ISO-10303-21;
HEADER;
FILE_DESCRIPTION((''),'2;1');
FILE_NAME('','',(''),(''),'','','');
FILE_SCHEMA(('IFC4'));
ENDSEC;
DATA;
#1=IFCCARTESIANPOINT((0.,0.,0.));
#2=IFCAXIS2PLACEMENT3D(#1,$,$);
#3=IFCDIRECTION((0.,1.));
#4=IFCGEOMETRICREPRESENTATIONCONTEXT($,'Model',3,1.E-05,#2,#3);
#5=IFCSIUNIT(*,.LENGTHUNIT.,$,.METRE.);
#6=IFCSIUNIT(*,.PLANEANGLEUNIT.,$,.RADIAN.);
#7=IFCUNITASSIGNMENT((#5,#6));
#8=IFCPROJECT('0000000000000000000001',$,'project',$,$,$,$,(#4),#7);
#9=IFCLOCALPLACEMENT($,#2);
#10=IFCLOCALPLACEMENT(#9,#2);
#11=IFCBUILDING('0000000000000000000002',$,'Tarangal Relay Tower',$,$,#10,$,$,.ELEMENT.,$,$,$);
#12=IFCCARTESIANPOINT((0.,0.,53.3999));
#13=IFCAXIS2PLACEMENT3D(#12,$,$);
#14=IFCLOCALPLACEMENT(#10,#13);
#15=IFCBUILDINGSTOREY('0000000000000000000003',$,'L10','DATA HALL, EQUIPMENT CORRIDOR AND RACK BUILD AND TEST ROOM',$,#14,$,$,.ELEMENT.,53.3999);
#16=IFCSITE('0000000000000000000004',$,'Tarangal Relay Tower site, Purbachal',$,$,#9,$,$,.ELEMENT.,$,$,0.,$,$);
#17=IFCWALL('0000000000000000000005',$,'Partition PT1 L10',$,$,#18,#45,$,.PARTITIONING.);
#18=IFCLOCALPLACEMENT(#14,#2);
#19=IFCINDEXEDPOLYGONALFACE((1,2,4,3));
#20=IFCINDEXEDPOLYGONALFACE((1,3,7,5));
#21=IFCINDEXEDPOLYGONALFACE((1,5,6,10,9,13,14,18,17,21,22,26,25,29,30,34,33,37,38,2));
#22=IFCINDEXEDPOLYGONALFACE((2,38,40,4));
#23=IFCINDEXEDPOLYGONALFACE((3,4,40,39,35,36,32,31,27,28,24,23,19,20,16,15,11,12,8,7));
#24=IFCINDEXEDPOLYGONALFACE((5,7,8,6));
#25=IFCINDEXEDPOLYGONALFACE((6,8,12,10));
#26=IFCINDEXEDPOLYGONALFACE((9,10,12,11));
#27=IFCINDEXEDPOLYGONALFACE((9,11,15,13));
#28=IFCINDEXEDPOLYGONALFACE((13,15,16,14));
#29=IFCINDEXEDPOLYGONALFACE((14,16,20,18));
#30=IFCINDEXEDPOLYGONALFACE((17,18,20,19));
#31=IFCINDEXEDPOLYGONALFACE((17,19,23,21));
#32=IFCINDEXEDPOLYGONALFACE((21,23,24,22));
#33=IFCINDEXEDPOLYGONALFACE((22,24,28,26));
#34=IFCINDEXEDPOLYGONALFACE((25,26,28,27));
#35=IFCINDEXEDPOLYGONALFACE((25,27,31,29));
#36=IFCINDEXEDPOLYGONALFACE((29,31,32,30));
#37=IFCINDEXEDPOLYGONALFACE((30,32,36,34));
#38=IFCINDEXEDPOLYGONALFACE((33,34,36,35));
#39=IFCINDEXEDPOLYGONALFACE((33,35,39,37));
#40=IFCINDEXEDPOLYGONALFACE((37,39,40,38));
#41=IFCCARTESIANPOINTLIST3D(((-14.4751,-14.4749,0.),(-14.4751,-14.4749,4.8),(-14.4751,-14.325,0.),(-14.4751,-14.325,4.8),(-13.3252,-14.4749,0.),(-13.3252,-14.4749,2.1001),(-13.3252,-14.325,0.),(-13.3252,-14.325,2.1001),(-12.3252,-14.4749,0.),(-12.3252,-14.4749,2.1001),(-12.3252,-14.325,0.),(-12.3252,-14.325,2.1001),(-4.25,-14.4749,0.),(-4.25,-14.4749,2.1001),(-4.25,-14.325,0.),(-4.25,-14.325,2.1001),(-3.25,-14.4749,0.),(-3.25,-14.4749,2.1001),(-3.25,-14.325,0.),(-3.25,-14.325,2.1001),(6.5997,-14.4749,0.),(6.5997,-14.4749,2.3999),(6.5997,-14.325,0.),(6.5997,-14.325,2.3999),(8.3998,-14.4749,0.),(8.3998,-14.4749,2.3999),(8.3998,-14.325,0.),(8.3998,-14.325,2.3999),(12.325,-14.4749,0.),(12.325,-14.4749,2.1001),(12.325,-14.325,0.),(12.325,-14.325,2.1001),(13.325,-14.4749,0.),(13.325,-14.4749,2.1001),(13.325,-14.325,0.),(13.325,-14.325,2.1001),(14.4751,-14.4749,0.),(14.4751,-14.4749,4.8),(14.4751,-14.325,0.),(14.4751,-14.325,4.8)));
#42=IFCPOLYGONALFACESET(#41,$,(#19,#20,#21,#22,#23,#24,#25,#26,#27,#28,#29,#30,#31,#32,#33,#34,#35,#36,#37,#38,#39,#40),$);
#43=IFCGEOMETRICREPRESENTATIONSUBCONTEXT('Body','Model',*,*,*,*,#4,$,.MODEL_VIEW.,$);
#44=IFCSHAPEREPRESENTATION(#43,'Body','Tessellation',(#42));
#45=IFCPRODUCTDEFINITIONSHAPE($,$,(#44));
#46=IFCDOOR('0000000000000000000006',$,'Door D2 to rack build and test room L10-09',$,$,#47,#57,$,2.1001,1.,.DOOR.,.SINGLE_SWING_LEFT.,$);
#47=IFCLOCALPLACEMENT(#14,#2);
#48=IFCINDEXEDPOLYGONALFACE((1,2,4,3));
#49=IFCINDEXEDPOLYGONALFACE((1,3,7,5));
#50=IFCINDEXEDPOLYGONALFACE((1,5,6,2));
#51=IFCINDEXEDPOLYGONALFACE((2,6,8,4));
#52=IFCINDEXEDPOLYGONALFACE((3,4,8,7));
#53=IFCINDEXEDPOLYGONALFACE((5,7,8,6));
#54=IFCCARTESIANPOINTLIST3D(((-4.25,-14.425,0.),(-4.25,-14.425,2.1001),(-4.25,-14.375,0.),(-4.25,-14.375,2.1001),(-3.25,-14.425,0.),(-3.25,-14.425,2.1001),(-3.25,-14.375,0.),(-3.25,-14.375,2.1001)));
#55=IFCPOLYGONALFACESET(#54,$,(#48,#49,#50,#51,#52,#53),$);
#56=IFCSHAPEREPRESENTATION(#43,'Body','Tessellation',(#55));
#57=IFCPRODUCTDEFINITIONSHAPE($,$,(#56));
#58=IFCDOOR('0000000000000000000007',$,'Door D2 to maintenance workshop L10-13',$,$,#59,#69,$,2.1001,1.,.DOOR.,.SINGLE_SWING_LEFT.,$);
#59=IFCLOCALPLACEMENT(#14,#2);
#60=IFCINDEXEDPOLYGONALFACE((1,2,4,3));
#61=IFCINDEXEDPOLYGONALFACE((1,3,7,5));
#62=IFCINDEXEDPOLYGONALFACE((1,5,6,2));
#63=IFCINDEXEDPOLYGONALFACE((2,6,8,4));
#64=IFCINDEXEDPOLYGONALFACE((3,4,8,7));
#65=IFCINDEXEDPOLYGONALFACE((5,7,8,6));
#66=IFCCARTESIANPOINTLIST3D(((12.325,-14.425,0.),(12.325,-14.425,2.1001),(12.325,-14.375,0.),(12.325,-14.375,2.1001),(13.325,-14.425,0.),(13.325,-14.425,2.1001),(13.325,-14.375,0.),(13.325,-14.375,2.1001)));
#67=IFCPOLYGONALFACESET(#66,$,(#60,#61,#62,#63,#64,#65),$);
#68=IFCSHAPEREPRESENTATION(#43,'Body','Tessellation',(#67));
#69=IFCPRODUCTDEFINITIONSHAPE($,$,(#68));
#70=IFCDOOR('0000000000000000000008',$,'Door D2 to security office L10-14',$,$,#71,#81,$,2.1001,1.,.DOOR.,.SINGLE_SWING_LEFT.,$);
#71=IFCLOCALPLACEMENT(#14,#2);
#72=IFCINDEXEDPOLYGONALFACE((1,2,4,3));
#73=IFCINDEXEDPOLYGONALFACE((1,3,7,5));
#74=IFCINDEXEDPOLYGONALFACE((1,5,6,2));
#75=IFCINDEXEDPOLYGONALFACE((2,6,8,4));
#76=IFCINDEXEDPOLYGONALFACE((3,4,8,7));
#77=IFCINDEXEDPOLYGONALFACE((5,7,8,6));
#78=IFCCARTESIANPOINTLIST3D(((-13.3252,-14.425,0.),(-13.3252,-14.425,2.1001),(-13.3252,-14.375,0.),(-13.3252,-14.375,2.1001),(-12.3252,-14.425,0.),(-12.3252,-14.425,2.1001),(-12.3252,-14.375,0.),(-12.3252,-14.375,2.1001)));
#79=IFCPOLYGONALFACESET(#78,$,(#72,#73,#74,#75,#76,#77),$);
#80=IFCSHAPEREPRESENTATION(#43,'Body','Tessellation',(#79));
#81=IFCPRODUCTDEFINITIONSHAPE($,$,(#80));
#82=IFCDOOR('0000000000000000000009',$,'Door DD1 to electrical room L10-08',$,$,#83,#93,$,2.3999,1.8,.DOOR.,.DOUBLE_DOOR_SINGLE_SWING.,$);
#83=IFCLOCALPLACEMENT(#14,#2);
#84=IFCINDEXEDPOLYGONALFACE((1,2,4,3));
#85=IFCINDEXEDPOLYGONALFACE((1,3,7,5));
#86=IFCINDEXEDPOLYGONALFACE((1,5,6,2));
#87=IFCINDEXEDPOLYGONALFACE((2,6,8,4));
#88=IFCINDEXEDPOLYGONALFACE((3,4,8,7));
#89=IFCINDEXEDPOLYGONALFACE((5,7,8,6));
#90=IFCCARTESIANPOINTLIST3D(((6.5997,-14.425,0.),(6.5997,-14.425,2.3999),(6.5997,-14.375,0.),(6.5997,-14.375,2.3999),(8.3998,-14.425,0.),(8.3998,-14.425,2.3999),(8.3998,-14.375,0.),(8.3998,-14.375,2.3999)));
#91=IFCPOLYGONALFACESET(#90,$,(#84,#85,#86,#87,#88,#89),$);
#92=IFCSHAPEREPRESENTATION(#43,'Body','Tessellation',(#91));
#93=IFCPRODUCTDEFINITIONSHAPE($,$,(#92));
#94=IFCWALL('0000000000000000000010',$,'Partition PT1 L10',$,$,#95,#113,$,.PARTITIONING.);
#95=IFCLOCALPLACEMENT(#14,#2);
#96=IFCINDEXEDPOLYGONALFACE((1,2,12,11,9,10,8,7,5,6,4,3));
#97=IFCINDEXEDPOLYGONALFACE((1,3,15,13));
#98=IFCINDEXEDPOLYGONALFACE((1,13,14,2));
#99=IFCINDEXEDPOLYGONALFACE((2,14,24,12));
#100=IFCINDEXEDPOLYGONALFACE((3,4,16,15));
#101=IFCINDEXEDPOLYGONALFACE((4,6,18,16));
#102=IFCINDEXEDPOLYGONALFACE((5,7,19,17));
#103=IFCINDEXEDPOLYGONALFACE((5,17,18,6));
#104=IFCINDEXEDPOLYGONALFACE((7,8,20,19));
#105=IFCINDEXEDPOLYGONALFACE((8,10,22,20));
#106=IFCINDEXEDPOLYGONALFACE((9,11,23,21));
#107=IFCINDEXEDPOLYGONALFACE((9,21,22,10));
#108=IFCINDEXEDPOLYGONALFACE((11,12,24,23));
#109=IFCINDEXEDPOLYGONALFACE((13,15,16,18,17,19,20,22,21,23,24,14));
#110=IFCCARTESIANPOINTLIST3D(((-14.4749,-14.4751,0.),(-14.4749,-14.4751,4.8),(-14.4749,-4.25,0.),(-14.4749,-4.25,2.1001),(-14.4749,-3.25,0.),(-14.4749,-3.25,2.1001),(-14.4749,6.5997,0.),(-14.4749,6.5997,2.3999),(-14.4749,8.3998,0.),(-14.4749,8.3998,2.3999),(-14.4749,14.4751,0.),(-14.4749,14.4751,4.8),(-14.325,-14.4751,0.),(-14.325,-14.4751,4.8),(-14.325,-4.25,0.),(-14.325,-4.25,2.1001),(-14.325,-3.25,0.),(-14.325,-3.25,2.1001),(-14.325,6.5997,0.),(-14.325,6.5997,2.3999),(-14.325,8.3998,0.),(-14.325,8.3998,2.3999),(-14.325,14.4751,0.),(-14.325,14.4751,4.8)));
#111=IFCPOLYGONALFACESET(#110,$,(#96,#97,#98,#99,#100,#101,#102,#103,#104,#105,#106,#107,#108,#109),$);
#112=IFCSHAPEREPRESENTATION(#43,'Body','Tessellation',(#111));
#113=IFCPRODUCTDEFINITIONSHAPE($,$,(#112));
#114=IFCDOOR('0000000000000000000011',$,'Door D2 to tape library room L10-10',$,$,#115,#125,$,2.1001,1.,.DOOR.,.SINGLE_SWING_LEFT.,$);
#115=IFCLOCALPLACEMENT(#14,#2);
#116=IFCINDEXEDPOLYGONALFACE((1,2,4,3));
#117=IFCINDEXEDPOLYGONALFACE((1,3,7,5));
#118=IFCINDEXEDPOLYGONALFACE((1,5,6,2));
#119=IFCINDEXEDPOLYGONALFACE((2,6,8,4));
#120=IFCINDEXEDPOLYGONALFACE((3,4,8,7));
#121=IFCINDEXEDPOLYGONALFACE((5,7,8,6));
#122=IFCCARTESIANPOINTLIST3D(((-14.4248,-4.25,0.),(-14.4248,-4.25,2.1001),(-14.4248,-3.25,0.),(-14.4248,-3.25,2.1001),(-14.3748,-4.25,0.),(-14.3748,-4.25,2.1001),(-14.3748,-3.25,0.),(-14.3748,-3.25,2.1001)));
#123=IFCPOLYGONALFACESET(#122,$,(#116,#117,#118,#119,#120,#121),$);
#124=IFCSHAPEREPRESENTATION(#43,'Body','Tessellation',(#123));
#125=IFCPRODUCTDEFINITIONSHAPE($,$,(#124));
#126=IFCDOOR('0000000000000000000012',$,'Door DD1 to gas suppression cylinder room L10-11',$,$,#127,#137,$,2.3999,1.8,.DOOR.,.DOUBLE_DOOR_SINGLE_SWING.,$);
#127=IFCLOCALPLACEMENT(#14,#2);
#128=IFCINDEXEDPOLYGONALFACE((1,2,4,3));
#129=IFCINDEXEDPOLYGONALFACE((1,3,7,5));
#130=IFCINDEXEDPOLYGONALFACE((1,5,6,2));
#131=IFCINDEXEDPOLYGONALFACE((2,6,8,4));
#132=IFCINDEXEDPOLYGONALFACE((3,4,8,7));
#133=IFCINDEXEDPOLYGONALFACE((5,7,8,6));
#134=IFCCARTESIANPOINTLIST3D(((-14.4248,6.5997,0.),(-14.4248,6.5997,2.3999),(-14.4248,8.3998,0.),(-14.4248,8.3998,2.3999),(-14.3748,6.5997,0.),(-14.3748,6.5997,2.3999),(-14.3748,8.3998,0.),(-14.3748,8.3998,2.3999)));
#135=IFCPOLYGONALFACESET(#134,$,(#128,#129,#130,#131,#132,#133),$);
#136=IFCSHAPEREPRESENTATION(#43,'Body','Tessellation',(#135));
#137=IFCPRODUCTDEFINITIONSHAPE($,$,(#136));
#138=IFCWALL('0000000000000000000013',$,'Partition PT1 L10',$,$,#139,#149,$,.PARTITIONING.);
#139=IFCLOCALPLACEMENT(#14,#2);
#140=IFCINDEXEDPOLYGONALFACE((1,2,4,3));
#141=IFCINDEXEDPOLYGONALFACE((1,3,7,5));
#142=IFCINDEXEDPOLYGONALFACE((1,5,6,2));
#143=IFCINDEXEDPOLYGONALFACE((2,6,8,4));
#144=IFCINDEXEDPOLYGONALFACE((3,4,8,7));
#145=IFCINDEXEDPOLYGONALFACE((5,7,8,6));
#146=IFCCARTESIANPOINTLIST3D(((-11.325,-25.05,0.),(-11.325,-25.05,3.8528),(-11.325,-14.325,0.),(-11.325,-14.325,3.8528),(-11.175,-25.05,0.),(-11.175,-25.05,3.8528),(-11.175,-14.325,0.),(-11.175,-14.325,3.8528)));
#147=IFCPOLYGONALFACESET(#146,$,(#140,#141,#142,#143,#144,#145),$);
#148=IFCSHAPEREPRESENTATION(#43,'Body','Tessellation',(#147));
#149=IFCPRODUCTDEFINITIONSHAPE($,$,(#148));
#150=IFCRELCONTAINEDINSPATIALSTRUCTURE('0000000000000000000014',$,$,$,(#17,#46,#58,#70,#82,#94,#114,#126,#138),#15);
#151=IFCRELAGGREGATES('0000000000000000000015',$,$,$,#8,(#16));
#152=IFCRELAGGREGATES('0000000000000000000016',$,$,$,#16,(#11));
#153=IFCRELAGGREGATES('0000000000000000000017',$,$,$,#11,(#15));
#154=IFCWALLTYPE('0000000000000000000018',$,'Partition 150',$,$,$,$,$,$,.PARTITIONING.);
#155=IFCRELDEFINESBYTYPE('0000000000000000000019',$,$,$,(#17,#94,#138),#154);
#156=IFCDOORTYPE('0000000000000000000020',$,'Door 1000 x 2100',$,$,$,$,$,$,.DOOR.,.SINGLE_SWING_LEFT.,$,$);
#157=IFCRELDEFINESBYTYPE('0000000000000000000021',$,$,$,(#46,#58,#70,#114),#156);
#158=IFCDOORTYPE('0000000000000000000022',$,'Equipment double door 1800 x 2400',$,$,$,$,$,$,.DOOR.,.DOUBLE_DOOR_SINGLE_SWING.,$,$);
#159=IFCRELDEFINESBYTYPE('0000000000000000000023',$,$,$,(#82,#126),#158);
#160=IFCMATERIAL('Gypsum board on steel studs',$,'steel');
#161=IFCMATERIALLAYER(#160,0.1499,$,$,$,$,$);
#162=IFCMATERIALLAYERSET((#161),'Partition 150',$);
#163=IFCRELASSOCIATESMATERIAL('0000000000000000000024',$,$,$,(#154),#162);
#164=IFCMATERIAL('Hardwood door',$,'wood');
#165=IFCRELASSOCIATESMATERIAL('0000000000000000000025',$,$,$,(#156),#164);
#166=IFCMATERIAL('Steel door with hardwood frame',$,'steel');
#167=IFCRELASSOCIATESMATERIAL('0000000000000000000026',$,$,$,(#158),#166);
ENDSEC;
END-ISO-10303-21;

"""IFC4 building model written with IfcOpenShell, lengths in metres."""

from ifc_helpers import new_model, si_unit, direction, frame, frame_2d, origin, place, context, subcontext, project, spatial, rectangle, extrude, material, layer, layer_set, type_object, element, fill, save


model = new_model("IFC4")

# Units and contexts
model_context = context("Model", 3, precision=1e-05, world=origin(), true_north=direction((0.0, 1.0)))
body_context = subcontext(model_context, "Body", "Model", "MODEL_VIEW")
ifc_project = project(units=[si_unit("LENGTHUNIT", "METRE"), si_unit("PLANEANGLEUNIT", "RADIAN")], contexts=[model_context])

# Site, building, storey
site_placement = place(None, origin())
site = spatial("IfcSite", under=ifc_project, at=site_placement, Name="Tarangal Relay Tower site, Purbachal", CompositionType="ELEMENT", RefElevation=0.0)
building_placement = place(site_placement, origin())
building = spatial("IfcBuilding", under=site, at=building_placement, Name="Tarangal Relay Tower", CompositionType="ELEMENT")
storey_placement = place(building_placement, frame((0.0, 0.0, 53.3999)))
storey = spatial("IfcBuildingStorey", under=building, at=storey_placement, Name="L10", Description="DATA HALL, EQUIPMENT CORRIDOR AND RACK BUILD AND TEST ROOM", CompositionType="ELEMENT", Elevation=53.3999)

# Walls, openings, doors
ifc_material_1 = material(Name="Gypsum board on steel studs", Category="steel")
ifc_layer_1 = layer(ifc_material_1, 0.1499)
ifc_layer_set_1 = layer_set([ifc_layer_1], Name="Partition 150")
wall_type_1 = type_object("IfcWallType", Name="Partition 150", PredefinedType="PARTITIONING", material=ifc_layer_set_1)
wall_1_placement = place(storey_placement, frame((-14.4751, -14.3999, 0.0), z_axis=(0.0, 0.0, 1.0), x_axis=(1.0, 0.0, 0.0)))
wall_1 = element("IfcWall", 1, at=wall_1_placement, inside=storey, type_object=wall_type_1, Name="Partition PT1 L10", PredefinedType="PARTITIONING", context=body_context, shape_type="SweptSolid", body=[
    extrude(rectangle(XDim=28.9502, YDim=0.1499, at=frame_2d((14.4751, 0.0))), origin(), (0.0, 0.0, 1.0), 4.8),
])
opening_1_placement = place(wall_1_placement, frame((21.075, 0.0, 0.0)))
opening_1 = element("IfcOpeningElement", 2, at=opening_1_placement, cuts=wall_1, PredefinedType="OPENING", context=body_context, shape_type="SweptSolid", body=[
    extrude(rectangle(XDim=1.8, YDim=2.3999, at=frame_2d((0.8999, 1.2))), frame((0.0, 0.085, 0.0), z_axis=(0.0, -1.0, 0.0), x_axis=(1.0, 0.0, 0.0)), (0.0, 0.0, 1.0), 0.1699),
])
opening_2_placement = place(wall_1_placement, frame((10.2251, 0.0, 0.0)))
opening_2 = element("IfcOpeningElement", 3, at=opening_2_placement, cuts=wall_1, PredefinedType="OPENING", context=body_context, shape_type="SweptSolid", body=[
    extrude(rectangle(XDim=1.0, YDim=2.1001, at=frame_2d((0.5, 1.05))), frame((0.0, 0.085, 0.0), z_axis=(0.0, -1.0, 0.0), x_axis=(1.0, 0.0, 0.0)), (0.0, 0.0, 1.0), 0.1699),
])
opening_3_placement = place(wall_1_placement, frame((26.8, 0.0, 0.0)))
opening_3 = element("IfcOpeningElement", 4, at=opening_3_placement, cuts=wall_1, PredefinedType="OPENING", context=body_context, shape_type="SweptSolid", body=[
    extrude(rectangle(XDim=1.0, YDim=2.1001, at=frame_2d((0.5, 1.05))), frame((0.0, 0.085, 0.0), z_axis=(0.0, -1.0, 0.0), x_axis=(1.0, 0.0, 0.0)), (0.0, 0.0, 1.0), 0.1699),
])
opening_4_placement = place(wall_1_placement, frame((1.1499, 0.0, 0.0)))
opening_4 = element("IfcOpeningElement", 5, at=opening_4_placement, cuts=wall_1, PredefinedType="OPENING", context=body_context, shape_type="SweptSolid", body=[
    extrude(rectangle(XDim=1.0, YDim=2.1001, at=frame_2d((0.5, 1.05))), frame((0.0, 0.085, 0.0), z_axis=(0.0, -1.0, 0.0), x_axis=(1.0, 0.0, 0.0)), (0.0, 0.0, 1.0), 0.1699),
])
ifc_material_2 = material(Name="Hardwood door", Category="wood")
door_type_1 = type_object("IfcDoorType", Name="Door 1000 x 2100", OperationType="SINGLE_SWING_LEFT", PredefinedType="DOOR", material=ifc_material_2)
door_1_placement = place(opening_2_placement, origin())
door_1 = element("IfcDoor", 6, at=door_1_placement, inside=storey, type_object=door_type_1, Name="Door D2 to rack build and test room L10-09", OperationType="SINGLE_SWING_LEFT", OverallHeight=2.1001, OverallWidth=1.0, PredefinedType="DOOR", context=body_context, shape_type="SweptSolid", body=[
    extrude(rectangle(XDim=1.0, YDim=2.1001, at=frame_2d((0.5, 1.05))), frame((0.0, 0.0249, 0.0), z_axis=(0.0, -1.0, 0.0), x_axis=(1.0, 0.0, 0.0)), (0.0, 0.0, 1.0), 0.05),
])
fill(opening_2, door_1)
door_2_placement = place(opening_3_placement, origin())
door_2 = element("IfcDoor", 7, at=door_2_placement, inside=storey, type_object=door_type_1, Name="Door D2 to maintenance workshop L10-13", OperationType="SINGLE_SWING_LEFT", OverallHeight=2.1001, OverallWidth=1.0, PredefinedType="DOOR", context=body_context, shape_type="SweptSolid", body=[
    extrude(rectangle(XDim=1.0, YDim=2.1001, at=frame_2d((0.5, 1.05))), frame((0.0, 0.0249, 0.0), z_axis=(0.0, -1.0, 0.0), x_axis=(1.0, 0.0, 0.0)), (0.0, 0.0, 1.0), 0.05),
])
fill(opening_3, door_2)
door_3_placement = place(opening_4_placement, origin())
door_3 = element("IfcDoor", 8, at=door_3_placement, inside=storey, type_object=door_type_1, Name="Door D2 to security office L10-14", OperationType="SINGLE_SWING_LEFT", OverallHeight=2.1001, OverallWidth=1.0, PredefinedType="DOOR", context=body_context, shape_type="SweptSolid", body=[
    extrude(rectangle(XDim=1.0, YDim=2.1001, at=frame_2d((0.5, 1.05))), frame((0.0, 0.0249, 0.0), z_axis=(0.0, -1.0, 0.0), x_axis=(1.0, 0.0, 0.0)), (0.0, 0.0, 1.0), 0.05),
])
fill(opening_4, door_3)
ifc_material_3 = material(Name="Steel door with hardwood frame", Category="steel")
door_type_2 = type_object("IfcDoorType", Name="Equipment double door 1800 x 2400", OperationType="DOUBLE_DOOR_SINGLE_SWING", PredefinedType="DOOR", material=ifc_material_3)
door_4_placement = place(opening_1_placement, origin())
door_4 = element("IfcDoor", 9, at=door_4_placement, inside=storey, type_object=door_type_2, Name="Door DD1 to electrical room L10-08", OperationType="DOUBLE_DOOR_SINGLE_SWING", OverallHeight=2.3999, OverallWidth=1.8, PredefinedType="DOOR", context=body_context, shape_type="SweptSolid", body=[
    extrude(rectangle(XDim=1.8, YDim=2.3999, at=frame_2d((0.8999, 1.2))), frame((0.0, 0.0249, 0.0), z_axis=(0.0, -1.0, 0.0), x_axis=(1.0, 0.0, 0.0)), (0.0, 0.0, 1.0), 0.05),
])
fill(opening_1, door_4)
wall_2_placement = place(storey_placement, frame((-14.3999, -14.4751, 0.0), z_axis=(0.0, 0.0, 1.0), x_axis=(0.0, 1.0, 0.0)))
wall_2 = element("IfcWall", 10, at=wall_2_placement, inside=storey, type_object=wall_type_1, Name="Partition PT1 L10", PredefinedType="PARTITIONING", context=body_context, shape_type="SweptSolid", body=[
    extrude(rectangle(XDim=28.9502, YDim=0.1499, at=frame_2d((14.4751, 0.0))), origin(), (0.0, 0.0, 1.0), 4.8),
])
opening_5_placement = place(wall_2_placement, frame((10.2251, 0.0, 0.0)))
opening_5 = element("IfcOpeningElement", 11, at=opening_5_placement, cuts=wall_2, PredefinedType="OPENING", context=body_context, shape_type="SweptSolid", body=[
    extrude(rectangle(XDim=1.0, YDim=2.1001, at=frame_2d((0.5, 1.05))), frame((0.0, 0.085, 0.0), z_axis=(0.0, -1.0, 0.0), x_axis=(1.0, 0.0, 0.0)), (0.0, 0.0, 1.0), 0.1699),
])
opening_6_placement = place(wall_2_placement, frame((21.075, 0.0, 0.0)))
opening_6 = element("IfcOpeningElement", 12, at=opening_6_placement, cuts=wall_2, PredefinedType="OPENING", context=body_context, shape_type="SweptSolid", body=[
    extrude(rectangle(XDim=1.8, YDim=2.3999, at=frame_2d((0.8999, 1.2))), frame((0.0, 0.085, 0.0), z_axis=(0.0, -1.0, 0.0), x_axis=(1.0, 0.0, 0.0)), (0.0, 0.0, 1.0), 0.1699),
])
door_5_placement = place(opening_5_placement, origin())
door_5 = element("IfcDoor", 13, at=door_5_placement, inside=storey, type_object=door_type_1, Name="Door D2 to tape library room L10-10", OperationType="SINGLE_SWING_LEFT", OverallHeight=2.1001, OverallWidth=1.0, PredefinedType="DOOR", context=body_context, shape_type="SweptSolid", body=[
    extrude(rectangle(XDim=1.0, YDim=2.1001, at=frame_2d((0.5, 1.05))), frame((0.0, 0.0249, 0.0), z_axis=(0.0, -1.0, 0.0), x_axis=(1.0, 0.0, 0.0)), (0.0, 0.0, 1.0), 0.05),
])
fill(opening_5, door_5)
door_6_placement = place(opening_6_placement, origin())
door_6 = element("IfcDoor", 14, at=door_6_placement, inside=storey, type_object=door_type_2, Name="Door DD1 to gas suppression cylinder room L10-11", OperationType="DOUBLE_DOOR_SINGLE_SWING", OverallHeight=2.3999, OverallWidth=1.8, PredefinedType="DOOR", context=body_context, shape_type="SweptSolid", body=[
    extrude(rectangle(XDim=1.8, YDim=2.3999, at=frame_2d((0.8999, 1.2))), frame((0.0, 0.0249, 0.0), z_axis=(0.0, -1.0, 0.0), x_axis=(1.0, 0.0, 0.0)), (0.0, 0.0, 1.0), 0.05),
])
fill(opening_6, door_6)

# Wall
wall_3_placement = place(storey_placement, frame((-11.25, -25.05, 0.0), z_axis=(0.0, 0.0, 1.0), x_axis=(0.0, 1.0, 0.0)))
element("IfcWall", 15, at=wall_3_placement, inside=storey, type_object=wall_type_1, Name="Partition PT1 L10", PredefinedType="PARTITIONING", context=body_context, shape_type="SweptSolid", body=[
    extrude(rectangle(XDim=10.7251, YDim=0.1499, at=frame_2d((5.3625, 0.0))), origin(), (0.0, 0.0, 1.0), 3.8528),
])

save(model, "model.ifc")
